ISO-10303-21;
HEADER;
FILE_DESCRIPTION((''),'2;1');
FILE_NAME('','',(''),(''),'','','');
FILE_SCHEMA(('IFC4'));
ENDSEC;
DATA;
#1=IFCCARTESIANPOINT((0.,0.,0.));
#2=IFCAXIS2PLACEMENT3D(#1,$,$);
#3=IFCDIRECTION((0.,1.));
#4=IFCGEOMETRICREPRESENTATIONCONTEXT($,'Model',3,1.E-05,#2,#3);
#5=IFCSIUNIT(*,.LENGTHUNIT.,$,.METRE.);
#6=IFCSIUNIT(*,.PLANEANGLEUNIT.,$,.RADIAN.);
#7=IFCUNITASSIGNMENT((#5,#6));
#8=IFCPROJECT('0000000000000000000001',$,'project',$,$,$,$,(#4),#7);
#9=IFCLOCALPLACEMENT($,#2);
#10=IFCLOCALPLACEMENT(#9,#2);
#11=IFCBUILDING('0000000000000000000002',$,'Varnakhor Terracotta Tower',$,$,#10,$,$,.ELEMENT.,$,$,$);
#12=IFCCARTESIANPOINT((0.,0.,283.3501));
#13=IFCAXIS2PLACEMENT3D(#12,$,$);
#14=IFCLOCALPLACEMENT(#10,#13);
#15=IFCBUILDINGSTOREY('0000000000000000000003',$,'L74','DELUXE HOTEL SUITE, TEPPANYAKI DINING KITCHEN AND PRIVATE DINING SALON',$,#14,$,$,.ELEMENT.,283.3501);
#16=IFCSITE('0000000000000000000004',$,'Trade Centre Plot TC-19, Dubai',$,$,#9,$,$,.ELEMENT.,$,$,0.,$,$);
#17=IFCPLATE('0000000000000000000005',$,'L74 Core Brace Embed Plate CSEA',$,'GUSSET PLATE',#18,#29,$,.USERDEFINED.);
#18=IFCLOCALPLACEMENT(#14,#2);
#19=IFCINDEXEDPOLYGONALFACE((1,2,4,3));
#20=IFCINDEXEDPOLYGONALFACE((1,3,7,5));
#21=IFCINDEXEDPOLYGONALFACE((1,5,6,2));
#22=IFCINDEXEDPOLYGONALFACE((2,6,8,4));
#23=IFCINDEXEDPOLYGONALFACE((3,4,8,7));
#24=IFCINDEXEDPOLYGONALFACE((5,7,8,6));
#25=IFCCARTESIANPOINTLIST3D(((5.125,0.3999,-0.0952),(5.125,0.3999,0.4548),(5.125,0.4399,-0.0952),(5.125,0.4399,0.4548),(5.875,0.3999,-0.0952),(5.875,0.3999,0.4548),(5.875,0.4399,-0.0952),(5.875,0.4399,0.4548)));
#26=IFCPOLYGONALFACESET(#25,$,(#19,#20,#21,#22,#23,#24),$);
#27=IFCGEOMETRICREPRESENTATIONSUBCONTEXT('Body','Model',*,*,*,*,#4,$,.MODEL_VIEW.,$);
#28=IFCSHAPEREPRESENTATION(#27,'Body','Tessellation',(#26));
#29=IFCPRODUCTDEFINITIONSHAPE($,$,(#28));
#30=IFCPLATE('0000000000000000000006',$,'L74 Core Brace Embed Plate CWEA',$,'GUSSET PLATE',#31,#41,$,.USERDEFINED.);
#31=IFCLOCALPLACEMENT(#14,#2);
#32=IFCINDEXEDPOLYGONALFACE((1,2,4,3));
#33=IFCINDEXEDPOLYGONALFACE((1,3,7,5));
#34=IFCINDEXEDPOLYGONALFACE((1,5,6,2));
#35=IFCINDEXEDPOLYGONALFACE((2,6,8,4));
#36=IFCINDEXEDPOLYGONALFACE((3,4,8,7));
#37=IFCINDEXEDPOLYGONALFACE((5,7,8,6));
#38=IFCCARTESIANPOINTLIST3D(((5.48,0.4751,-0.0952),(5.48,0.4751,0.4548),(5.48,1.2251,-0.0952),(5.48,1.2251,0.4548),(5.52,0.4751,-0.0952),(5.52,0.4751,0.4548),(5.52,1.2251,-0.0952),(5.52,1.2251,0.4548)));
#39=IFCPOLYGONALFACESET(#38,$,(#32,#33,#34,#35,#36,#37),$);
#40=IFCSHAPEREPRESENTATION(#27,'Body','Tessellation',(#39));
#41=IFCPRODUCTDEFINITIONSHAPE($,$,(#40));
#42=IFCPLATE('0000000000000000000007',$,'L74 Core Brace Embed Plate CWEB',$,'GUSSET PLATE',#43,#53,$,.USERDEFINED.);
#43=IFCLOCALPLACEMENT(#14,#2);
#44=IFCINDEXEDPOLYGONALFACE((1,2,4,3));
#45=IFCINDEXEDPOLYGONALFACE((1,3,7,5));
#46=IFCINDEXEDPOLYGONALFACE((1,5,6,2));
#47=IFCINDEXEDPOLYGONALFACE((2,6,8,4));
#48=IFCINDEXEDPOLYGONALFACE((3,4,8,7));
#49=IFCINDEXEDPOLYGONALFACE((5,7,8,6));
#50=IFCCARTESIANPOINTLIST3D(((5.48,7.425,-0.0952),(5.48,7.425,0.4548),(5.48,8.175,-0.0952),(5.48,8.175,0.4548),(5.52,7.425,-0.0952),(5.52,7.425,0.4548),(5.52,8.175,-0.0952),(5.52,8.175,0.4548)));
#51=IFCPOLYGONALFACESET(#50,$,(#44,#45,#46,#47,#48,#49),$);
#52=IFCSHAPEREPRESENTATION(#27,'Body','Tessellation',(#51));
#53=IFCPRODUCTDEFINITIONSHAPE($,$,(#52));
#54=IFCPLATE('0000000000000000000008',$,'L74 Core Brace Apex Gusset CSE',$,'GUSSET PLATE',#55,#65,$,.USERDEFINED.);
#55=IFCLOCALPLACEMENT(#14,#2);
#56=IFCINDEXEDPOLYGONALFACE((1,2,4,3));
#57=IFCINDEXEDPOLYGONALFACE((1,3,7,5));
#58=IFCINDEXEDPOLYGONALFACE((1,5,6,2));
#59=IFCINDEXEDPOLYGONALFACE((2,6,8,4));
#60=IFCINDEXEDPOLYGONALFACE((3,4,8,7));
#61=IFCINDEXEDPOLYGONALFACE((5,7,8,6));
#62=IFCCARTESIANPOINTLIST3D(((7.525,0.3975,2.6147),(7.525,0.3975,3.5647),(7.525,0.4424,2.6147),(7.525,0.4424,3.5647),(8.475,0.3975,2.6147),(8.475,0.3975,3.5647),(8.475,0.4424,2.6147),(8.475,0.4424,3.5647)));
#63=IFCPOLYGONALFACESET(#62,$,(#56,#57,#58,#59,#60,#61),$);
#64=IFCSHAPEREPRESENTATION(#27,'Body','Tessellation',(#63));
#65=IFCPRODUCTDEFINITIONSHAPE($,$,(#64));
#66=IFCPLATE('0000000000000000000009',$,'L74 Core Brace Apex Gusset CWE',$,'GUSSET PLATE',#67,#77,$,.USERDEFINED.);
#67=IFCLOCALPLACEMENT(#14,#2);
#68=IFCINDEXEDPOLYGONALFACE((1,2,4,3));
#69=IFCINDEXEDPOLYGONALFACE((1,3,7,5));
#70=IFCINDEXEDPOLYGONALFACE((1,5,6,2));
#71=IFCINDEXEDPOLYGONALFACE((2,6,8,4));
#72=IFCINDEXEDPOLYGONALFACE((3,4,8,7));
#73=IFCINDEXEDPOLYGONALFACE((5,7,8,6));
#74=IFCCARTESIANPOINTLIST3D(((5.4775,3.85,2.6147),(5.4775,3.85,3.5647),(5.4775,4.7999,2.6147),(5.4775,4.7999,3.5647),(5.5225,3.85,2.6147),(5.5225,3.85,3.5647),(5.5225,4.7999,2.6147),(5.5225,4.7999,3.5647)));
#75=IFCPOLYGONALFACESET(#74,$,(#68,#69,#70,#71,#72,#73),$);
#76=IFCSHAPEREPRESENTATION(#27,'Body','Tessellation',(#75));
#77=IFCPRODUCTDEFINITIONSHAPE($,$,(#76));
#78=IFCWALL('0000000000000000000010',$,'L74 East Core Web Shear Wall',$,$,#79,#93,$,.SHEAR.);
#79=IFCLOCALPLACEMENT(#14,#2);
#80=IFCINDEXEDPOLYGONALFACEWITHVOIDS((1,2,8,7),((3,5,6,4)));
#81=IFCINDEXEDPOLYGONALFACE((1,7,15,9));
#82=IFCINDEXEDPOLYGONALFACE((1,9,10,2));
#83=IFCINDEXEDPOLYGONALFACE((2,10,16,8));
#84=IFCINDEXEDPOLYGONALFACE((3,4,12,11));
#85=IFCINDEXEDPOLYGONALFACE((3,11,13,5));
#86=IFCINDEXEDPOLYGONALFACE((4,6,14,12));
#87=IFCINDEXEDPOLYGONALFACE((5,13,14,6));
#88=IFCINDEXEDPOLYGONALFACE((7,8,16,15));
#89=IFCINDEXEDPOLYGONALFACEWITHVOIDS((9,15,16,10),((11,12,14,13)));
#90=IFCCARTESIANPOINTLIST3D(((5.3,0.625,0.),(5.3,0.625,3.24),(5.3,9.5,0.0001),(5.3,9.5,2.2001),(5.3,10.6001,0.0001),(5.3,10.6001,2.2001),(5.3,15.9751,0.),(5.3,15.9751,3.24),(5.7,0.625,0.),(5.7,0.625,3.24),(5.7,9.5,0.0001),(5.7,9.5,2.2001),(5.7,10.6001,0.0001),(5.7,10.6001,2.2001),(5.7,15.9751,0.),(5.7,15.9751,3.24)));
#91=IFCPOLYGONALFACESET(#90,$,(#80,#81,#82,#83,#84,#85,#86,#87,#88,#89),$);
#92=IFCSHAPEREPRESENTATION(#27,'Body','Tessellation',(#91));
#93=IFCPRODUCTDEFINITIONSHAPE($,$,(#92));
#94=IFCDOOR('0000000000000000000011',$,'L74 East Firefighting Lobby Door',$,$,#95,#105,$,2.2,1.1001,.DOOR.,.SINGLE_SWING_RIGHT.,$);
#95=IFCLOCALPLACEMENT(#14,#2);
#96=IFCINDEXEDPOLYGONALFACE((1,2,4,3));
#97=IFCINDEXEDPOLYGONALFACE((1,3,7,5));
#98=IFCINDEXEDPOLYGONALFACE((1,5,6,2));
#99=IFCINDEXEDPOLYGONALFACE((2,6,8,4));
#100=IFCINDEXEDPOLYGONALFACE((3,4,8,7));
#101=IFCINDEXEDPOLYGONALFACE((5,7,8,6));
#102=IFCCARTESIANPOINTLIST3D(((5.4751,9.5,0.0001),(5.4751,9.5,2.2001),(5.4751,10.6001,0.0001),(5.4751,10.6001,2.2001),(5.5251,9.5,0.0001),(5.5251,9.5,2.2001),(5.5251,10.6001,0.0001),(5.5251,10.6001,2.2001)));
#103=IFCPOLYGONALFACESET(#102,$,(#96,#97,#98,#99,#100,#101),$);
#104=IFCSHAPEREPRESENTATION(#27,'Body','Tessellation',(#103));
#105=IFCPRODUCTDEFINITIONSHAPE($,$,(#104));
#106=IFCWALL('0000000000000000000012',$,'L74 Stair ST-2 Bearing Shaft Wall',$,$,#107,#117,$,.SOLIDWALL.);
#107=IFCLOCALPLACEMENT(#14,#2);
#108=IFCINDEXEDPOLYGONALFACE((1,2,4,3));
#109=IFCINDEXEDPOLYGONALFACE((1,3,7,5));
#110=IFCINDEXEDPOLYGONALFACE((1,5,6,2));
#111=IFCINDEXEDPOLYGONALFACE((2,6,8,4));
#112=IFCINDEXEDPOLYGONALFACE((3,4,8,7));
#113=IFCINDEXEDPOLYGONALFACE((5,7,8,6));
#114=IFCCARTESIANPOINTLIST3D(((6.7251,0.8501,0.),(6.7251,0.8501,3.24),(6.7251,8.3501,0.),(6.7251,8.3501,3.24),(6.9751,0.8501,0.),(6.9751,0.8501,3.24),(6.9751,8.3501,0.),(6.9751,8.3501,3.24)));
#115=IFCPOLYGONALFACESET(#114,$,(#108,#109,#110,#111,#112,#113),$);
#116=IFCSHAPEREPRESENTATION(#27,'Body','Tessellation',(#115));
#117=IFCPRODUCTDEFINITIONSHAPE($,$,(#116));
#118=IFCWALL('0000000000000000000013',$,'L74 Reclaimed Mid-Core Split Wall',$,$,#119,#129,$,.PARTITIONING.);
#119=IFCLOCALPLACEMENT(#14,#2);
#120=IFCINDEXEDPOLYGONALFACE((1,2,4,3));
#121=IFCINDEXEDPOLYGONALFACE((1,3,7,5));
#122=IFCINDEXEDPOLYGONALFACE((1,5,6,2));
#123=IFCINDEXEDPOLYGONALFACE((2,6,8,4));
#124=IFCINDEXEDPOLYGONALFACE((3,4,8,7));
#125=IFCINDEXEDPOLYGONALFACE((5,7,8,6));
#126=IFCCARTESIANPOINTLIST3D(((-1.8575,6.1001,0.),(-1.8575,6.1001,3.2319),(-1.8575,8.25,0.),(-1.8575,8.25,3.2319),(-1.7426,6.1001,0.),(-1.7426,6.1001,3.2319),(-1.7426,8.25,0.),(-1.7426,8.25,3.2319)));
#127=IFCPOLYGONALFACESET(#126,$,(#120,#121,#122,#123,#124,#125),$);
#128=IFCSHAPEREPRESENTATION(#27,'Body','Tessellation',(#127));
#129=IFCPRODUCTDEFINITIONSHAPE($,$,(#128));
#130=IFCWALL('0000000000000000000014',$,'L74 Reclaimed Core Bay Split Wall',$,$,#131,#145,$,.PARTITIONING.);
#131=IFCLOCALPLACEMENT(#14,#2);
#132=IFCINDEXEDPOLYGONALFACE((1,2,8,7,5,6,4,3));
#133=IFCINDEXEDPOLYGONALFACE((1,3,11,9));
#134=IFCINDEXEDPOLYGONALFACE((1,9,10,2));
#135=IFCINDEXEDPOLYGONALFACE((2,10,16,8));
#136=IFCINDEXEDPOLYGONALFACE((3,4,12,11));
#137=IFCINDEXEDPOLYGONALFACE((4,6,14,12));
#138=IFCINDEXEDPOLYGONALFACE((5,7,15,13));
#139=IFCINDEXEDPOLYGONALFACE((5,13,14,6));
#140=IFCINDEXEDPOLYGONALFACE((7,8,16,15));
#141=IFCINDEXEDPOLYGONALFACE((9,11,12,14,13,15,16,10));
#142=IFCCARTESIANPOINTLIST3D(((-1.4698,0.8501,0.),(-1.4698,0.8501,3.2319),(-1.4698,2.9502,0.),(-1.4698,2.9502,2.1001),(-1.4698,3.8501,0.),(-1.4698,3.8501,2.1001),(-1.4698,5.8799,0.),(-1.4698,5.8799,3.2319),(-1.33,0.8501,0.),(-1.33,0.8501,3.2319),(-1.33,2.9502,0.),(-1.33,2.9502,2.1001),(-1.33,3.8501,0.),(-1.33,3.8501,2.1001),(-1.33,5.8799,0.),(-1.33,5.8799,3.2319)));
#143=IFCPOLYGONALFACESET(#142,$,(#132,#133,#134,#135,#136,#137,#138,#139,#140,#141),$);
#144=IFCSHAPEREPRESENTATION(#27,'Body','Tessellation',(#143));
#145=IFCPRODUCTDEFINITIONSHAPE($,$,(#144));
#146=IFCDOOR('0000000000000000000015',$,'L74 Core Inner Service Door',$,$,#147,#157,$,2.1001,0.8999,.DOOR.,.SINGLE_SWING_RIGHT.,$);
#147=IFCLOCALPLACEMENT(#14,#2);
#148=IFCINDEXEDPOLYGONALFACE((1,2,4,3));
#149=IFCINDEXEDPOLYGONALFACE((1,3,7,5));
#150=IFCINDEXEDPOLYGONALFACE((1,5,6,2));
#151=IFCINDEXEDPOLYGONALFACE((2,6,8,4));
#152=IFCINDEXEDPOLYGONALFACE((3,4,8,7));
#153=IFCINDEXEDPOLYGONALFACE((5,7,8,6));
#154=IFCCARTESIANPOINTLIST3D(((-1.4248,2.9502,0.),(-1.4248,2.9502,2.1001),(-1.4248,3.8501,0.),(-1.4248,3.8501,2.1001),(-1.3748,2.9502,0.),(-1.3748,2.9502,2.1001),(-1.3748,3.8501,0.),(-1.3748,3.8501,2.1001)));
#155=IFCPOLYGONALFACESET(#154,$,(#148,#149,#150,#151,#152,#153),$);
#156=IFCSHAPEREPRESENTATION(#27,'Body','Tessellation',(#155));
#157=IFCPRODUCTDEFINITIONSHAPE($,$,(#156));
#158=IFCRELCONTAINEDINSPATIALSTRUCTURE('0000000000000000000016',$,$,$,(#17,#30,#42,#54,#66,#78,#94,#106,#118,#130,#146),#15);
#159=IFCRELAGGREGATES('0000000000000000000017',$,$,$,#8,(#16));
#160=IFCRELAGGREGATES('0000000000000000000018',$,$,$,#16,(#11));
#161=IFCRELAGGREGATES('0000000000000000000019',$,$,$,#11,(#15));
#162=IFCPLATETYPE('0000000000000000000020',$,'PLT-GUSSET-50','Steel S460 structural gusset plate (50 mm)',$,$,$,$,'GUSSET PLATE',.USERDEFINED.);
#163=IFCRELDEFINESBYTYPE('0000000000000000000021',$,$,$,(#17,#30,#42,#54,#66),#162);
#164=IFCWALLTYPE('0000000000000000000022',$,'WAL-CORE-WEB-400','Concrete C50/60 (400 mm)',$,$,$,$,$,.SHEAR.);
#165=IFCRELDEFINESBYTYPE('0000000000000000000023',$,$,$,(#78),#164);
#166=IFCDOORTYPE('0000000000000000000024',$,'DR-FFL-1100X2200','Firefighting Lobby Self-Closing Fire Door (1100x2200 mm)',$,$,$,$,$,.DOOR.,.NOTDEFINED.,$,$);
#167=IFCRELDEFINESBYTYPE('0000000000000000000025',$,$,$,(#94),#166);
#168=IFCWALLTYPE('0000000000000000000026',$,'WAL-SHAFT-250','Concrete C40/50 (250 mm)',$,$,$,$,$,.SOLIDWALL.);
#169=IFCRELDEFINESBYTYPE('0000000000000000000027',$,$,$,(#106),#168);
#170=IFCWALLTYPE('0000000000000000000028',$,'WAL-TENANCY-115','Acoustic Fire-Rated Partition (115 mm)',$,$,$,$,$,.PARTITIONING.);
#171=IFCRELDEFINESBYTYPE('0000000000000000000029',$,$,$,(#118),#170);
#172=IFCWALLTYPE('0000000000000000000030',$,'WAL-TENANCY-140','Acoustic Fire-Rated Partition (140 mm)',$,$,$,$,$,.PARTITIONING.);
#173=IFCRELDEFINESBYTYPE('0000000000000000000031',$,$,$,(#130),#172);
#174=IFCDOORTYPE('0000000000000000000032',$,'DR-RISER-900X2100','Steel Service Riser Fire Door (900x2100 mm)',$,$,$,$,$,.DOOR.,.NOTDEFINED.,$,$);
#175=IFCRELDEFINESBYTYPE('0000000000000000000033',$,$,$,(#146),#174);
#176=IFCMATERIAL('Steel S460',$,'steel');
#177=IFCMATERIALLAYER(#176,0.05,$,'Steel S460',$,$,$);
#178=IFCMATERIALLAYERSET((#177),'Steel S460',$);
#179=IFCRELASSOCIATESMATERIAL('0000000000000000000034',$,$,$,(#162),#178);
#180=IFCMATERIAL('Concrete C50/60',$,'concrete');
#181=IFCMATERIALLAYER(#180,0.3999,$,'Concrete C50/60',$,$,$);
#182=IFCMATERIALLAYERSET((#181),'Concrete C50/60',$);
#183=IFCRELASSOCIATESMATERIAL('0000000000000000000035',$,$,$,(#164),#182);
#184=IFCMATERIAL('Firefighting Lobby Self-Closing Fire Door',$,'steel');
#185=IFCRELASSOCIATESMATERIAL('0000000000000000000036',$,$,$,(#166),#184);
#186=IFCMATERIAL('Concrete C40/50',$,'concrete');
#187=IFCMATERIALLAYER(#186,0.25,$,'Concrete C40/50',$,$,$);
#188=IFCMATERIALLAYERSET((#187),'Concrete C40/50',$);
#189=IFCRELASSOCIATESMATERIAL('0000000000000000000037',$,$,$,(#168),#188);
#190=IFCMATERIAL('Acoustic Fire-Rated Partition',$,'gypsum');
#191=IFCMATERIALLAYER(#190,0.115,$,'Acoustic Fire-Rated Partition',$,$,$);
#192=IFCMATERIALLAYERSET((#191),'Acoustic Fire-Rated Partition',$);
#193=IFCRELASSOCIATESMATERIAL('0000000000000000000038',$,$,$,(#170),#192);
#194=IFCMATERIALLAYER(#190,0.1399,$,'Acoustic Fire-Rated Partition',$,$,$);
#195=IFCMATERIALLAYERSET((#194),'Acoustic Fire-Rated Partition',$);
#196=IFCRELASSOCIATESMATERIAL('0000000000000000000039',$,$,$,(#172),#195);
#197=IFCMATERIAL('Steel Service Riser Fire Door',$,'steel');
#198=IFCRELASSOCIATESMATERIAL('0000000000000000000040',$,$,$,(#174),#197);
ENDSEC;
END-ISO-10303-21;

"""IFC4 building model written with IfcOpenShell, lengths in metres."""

from ifc_helpers import new_model, si_unit, direction, frame, frame_2d, origin, origin_2d, place, context, subcontext, project, spatial, rectangle, extrude, source, transform, mapped, material, layer, layer_set, type_object, type_shapes, element, fill, save


model = new_model("IFC4")

# Units and contexts
model_context = context("Model", 3, precision=1e-05, world=origin(), true_north=direction((0.0, 1.0)))
body_context = subcontext(model_context, "Body", "Model", "MODEL_VIEW")
ifc_project = project(units=[si_unit("LENGTHUNIT", "METRE"), si_unit("PLANEANGLEUNIT", "RADIAN")], contexts=[model_context])

# Site, building, storey
site_placement = place(None, origin())
site = spatial("IfcSite", under=ifc_project, at=site_placement, Name="Trade Centre Plot TC-19, Dubai", CompositionType="ELEMENT", RefElevation=0.0)
building_placement = place(site_placement, origin())
building = spatial("IfcBuilding", under=site, at=building_placement, Name="Varnakhor Terracotta Tower", CompositionType="ELEMENT")
storey_placement = place(building_placement, frame((0.0, 0.0, 283.3501)))
storey = spatial("IfcBuildingStorey", under=building, at=storey_placement, Name="L74", Description="DELUXE HOTEL SUITE, TEPPANYAKI DINING KITCHEN AND PRIVATE DINING SALON", CompositionType="ELEMENT", Elevation=283.3501)

# Shared definitions
ifc_material_1 = material(Name="Concrete C50/60", Category="concrete")

# Shared definitions
ifc_material_2 = material(Name="Concrete C40/50", Category="concrete")

# Plates
ifc_material_3 = material(Name="Steel S460", Category="steel")
ifc_layer_1 = layer(ifc_material_3, 0.05, Name="Steel S460")
ifc_layer_set_1 = layer_set([ifc_layer_1], Name="Steel S460")
plate_type = type_object("IfcPlateType", Name="PLT-GUSSET-50", Description="Steel S460 structural gusset plate (50 mm)", ElementType="GUSSET PLATE", PredefinedType="USERDEFINED", material=ifc_layer_set_1)
shared_shape_1 = source(origin(), body_context, "Body", "SweptSolid", [
    extrude(rectangle(XDim=0.75, YDim=0.04, at=origin_2d()), origin(), (0.0, 0.0, 1.0), 0.55),
])
type_shapes(plate_type, [shared_shape_1])
for number, where, z_axis, x_axis, name in (
    (1, (5.5, 0.4199, -0.0952), (0.0, 0.0, 1.0), (1.0, 0.0, 0.0), "L74 Core Brace Embed Plate CSEA"),
    (2, (5.5, 0.8501, -0.0952), (0.0, 0.0, 1.0), (0.0, 1.0, 0.0), "L74 Core Brace Embed Plate CWEA"),
    (3, (5.5, 7.8, -0.0952), (0.0, 0.0, 1.0), (0.0, 1.0, 0.0), "L74 Core Brace Embed Plate CWEB"),
):
    element("IfcPlate", number, at=place(storey_placement, frame(where, z_axis=z_axis, x_axis=x_axis)), inside=storey, type_object=plate_type, Name=name, ObjectType="GUSSET PLATE", PredefinedType="USERDEFINED", context=body_context, shape_type="MappedRepresentation", body=[
        mapped(shared_shape_1, transform((0.0, 0.0, 0.0), scale=1.0)),
    ])
shared_shape_2 = source(origin(), body_context, "Body", "SweptSolid", [
    extrude(rectangle(XDim=0.95, YDim=0.0449, at=origin_2d()), origin(), (0.0, 0.0, 1.0), 0.95),
])
for number, where, z_axis, x_axis, name in (
    (4, (8.0, 0.4199, 2.6147), (0.0, 0.0, 1.0), (1.0, 0.0, 0.0), "L74 Core Brace Apex Gusset CSE"),
    (5, (5.5, 4.325, 2.6147), (0.0, 0.0, 1.0), (0.0, 1.0, 0.0), "L74 Core Brace Apex Gusset CWE"),
):
    element("IfcPlate", number, at=place(storey_placement, frame(where, z_axis=z_axis, x_axis=x_axis)), inside=storey, type_object=plate_type, Name=name, ObjectType="GUSSET PLATE", PredefinedType="USERDEFINED", context=body_context, shape_type="MappedRepresentation", body=[
        mapped(shared_shape_2, transform((0.0, 0.0, 0.0), scale=1.0)),
    ])

# Wall, opening, door
ifc_layer_2 = layer(ifc_material_1, 0.3999, Name="Concrete C50/60")
ifc_layer_set_2 = layer_set([ifc_layer_2], Name="Concrete C50/60")
wall_type_1 = type_object("IfcWallType", Name="WAL-CORE-WEB-400", Description="Concrete C50/60 (400 mm)", PredefinedType="SHEAR", material=ifc_layer_set_2)
wall_1_placement = place(storey_placement, frame((5.5, 0.625, 0.0), z_axis=(0.0, 0.0, 1.0), x_axis=(0.0, 1.0, 0.0)))
wall_1 = element("IfcWall", 6, at=wall_1_placement, inside=storey, type_object=wall_type_1, Name="L74 East Core Web Shear Wall", PredefinedType="SHEAR", context=body_context, shape_type="SweptSolid", body=[
    extrude(rectangle(XDim=15.3501, YDim=0.3999, at=frame_2d((7.675, 0.0))), origin(), (0.0, 0.0, 1.0), 3.24),
])
opening_1_placement = place(wall_1_placement, frame((8.875, 0.0, 0.0)))
opening_1 = element("IfcOpeningElement", 7, at=opening_1_placement, cuts=wall_1, PredefinedType="OPENING", context=body_context, shape_type="SweptSolid", body=[
    extrude(rectangle(XDim=1.1001, YDim=2.2, at=frame_2d((0.55, 1.1001))), frame((0.0, 0.21, 0.0), z_axis=(0.0, -1.0, 0.0), x_axis=(1.0, 0.0, 0.0)), (0.0, 0.0, 1.0), 0.4199),
])
ifc_material_4 = material(Name="Firefighting Lobby Self-Closing Fire Door", Category="steel")
door_type_1 = type_object("IfcDoorType", Name="DR-FFL-1100X2200", Description="Firefighting Lobby Self-Closing Fire Door (1100x2200 mm)", OperationType="NOTDEFINED", PredefinedType="DOOR", material=ifc_material_4)
shared_shape_3 = source(origin(), body_context, "Body", "SweptSolid", [
    extrude(rectangle(XDim=1.1001, YDim=2.2, at=frame_2d((0.55, 1.1001))), frame((0.0, 0.0249, 0.0), z_axis=(0.0, -1.0, 0.0), x_axis=(1.0, 0.0, 0.0)), (0.0, 0.0, 1.0), 0.05),
])
type_shapes(door_type_1, [shared_shape_3])
door_1_placement = place(opening_1_placement, origin())
door_1 = element("IfcDoor", 8, at=door_1_placement, inside=storey, type_object=door_type_1, Name="L74 East Firefighting Lobby Door", OperationType="SINGLE_SWING_RIGHT", OverallHeight=2.2, OverallWidth=1.1001, PredefinedType="DOOR", context=body_context, shape_type="MappedRepresentation", body=[
    mapped(shared_shape_3, transform((0.0, 0.0, 0.0), scale=1.0)),
])
fill(opening_1, door_1)

# Walls
ifc_layer_3 = layer(ifc_material_2, 0.25, Name="Concrete C40/50")
ifc_layer_set_3 = layer_set([ifc_layer_3], Name="Concrete C40/50")
wall_type_2 = type_object("IfcWallType", Name="WAL-SHAFT-250", Description="Concrete C40/50 (250 mm)", PredefinedType="SOLIDWALL", material=ifc_layer_set_3)
wall_2_placement = place(storey_placement, frame((6.8501, 0.8501, 0.0), z_axis=(0.0, 0.0, 1.0), x_axis=(0.0, 1.0, 0.0)))
element("IfcWall", 9, at=wall_2_placement, inside=storey, type_object=wall_type_2, Name="L74 Stair ST-2 Bearing Shaft Wall", PredefinedType="SOLIDWALL", context=body_context, shape_type="SweptSolid", body=[
    extrude(rectangle(XDim=7.5, YDim=0.25, at=frame_2d((3.75, 0.0))), origin(), (0.0, 0.0, 1.0), 3.24),
])
ifc_material_5 = material(Name="Acoustic Fire-Rated Partition", Category="gypsum")
ifc_layer_4 = layer(ifc_material_5, 0.115, Name="Acoustic Fire-Rated Partition")
ifc_layer_set_4 = layer_set([ifc_layer_4], Name="Acoustic Fire-Rated Partition")
wall_type_3 = type_object("IfcWallType", Name="WAL-TENANCY-115", Description="Acoustic Fire-Rated Partition (115 mm)", PredefinedType="PARTITIONING", material=ifc_layer_set_4)
wall_3_placement = place(storey_placement, frame((-1.8, 6.1001, 0.0), z_axis=(0.0, 0.0, 1.0), x_axis=(0.0, 1.0, 0.0)))
element("IfcWall", 10, at=wall_3_placement, inside=storey, type_object=wall_type_3, Name="L74 Reclaimed Mid-Core Split Wall", PredefinedType="PARTITIONING", context=body_context, shape_type="SweptSolid", body=[
    extrude(rectangle(XDim=2.1499, YDim=0.115, at=frame_2d((1.075, 0.0))), origin(), (0.0, 0.0, 1.0), 3.2319),
])

# Wall, opening, door
ifc_layer_5 = layer(ifc_material_5, 0.1399, Name="Acoustic Fire-Rated Partition")
ifc_layer_set_5 = layer_set([ifc_layer_5], Name="Acoustic Fire-Rated Partition")
wall_type_4 = type_object("IfcWallType", Name="WAL-TENANCY-140", Description="Acoustic Fire-Rated Partition (140 mm)", PredefinedType="PARTITIONING", material=ifc_layer_set_5)
wall_4_placement = place(storey_placement, frame((-1.3999, 0.8501, 0.0), z_axis=(0.0, 0.0, 1.0), x_axis=(0.0, 1.0, 0.0)))
wall_4 = element("IfcWall", 11, at=wall_4_placement, inside=storey, type_object=wall_type_4, Name="L74 Reclaimed Core Bay Split Wall", PredefinedType="PARTITIONING", context=body_context, shape_type="SweptSolid", body=[
    extrude(rectangle(XDim=5.0298, YDim=0.1399, at=frame_2d((2.5149, 0.0))), origin(), (0.0, 0.0, 1.0), 3.2319),
])
opening_2_placement = place(wall_4_placement, frame((2.1001, 0.0, 0.0)))
opening_2 = element("IfcOpeningElement", 12, at=opening_2_placement, cuts=wall_4, PredefinedType="OPENING", context=body_context, shape_type="SweptSolid", body=[
    extrude(rectangle(XDim=0.8999, YDim=2.1001, at=frame_2d((0.45, 1.05))), frame((0.0, 0.0801, 0.0), z_axis=(0.0, -1.0, 0.0), x_axis=(1.0, 0.0, 0.0)), (0.0, 0.0, 1.0), 0.1599),
])
ifc_material_6 = material(Name="Steel Service Riser Fire Door", Category="steel")
door_type_2 = type_object("IfcDoorType", Name="DR-RISER-900X2100", Description="Steel Service Riser Fire Door (900x2100 mm)", OperationType="NOTDEFINED", PredefinedType="DOOR", material=ifc_material_6)
shared_shape_4 = source(origin(), body_context, "Body", "SweptSolid", [
    extrude(rectangle(XDim=0.8999, YDim=2.1001, at=frame_2d((0.45, 1.05))), frame((0.0, 0.0249, 0.0), z_axis=(0.0, -1.0, 0.0), x_axis=(1.0, 0.0, 0.0)), (0.0, 0.0, 1.0), 0.05),
])
type_shapes(door_type_2, [shared_shape_4])
door_2_placement = place(opening_2_placement, origin())
door_2 = element("IfcDoor", 13, at=door_2_placement, inside=storey, type_object=door_type_2, Name="L74 Core Inner Service Door", OperationType="SINGLE_SWING_RIGHT", OverallHeight=2.1001, OverallWidth=0.8999, PredefinedType="DOOR", context=body_context, shape_type="MappedRepresentation", body=[
    mapped(shared_shape_4, transform((0.0, 0.0, 0.0), scale=1.0)),
])
fill(opening_2, door_2)

save(model, "model.ifc")
